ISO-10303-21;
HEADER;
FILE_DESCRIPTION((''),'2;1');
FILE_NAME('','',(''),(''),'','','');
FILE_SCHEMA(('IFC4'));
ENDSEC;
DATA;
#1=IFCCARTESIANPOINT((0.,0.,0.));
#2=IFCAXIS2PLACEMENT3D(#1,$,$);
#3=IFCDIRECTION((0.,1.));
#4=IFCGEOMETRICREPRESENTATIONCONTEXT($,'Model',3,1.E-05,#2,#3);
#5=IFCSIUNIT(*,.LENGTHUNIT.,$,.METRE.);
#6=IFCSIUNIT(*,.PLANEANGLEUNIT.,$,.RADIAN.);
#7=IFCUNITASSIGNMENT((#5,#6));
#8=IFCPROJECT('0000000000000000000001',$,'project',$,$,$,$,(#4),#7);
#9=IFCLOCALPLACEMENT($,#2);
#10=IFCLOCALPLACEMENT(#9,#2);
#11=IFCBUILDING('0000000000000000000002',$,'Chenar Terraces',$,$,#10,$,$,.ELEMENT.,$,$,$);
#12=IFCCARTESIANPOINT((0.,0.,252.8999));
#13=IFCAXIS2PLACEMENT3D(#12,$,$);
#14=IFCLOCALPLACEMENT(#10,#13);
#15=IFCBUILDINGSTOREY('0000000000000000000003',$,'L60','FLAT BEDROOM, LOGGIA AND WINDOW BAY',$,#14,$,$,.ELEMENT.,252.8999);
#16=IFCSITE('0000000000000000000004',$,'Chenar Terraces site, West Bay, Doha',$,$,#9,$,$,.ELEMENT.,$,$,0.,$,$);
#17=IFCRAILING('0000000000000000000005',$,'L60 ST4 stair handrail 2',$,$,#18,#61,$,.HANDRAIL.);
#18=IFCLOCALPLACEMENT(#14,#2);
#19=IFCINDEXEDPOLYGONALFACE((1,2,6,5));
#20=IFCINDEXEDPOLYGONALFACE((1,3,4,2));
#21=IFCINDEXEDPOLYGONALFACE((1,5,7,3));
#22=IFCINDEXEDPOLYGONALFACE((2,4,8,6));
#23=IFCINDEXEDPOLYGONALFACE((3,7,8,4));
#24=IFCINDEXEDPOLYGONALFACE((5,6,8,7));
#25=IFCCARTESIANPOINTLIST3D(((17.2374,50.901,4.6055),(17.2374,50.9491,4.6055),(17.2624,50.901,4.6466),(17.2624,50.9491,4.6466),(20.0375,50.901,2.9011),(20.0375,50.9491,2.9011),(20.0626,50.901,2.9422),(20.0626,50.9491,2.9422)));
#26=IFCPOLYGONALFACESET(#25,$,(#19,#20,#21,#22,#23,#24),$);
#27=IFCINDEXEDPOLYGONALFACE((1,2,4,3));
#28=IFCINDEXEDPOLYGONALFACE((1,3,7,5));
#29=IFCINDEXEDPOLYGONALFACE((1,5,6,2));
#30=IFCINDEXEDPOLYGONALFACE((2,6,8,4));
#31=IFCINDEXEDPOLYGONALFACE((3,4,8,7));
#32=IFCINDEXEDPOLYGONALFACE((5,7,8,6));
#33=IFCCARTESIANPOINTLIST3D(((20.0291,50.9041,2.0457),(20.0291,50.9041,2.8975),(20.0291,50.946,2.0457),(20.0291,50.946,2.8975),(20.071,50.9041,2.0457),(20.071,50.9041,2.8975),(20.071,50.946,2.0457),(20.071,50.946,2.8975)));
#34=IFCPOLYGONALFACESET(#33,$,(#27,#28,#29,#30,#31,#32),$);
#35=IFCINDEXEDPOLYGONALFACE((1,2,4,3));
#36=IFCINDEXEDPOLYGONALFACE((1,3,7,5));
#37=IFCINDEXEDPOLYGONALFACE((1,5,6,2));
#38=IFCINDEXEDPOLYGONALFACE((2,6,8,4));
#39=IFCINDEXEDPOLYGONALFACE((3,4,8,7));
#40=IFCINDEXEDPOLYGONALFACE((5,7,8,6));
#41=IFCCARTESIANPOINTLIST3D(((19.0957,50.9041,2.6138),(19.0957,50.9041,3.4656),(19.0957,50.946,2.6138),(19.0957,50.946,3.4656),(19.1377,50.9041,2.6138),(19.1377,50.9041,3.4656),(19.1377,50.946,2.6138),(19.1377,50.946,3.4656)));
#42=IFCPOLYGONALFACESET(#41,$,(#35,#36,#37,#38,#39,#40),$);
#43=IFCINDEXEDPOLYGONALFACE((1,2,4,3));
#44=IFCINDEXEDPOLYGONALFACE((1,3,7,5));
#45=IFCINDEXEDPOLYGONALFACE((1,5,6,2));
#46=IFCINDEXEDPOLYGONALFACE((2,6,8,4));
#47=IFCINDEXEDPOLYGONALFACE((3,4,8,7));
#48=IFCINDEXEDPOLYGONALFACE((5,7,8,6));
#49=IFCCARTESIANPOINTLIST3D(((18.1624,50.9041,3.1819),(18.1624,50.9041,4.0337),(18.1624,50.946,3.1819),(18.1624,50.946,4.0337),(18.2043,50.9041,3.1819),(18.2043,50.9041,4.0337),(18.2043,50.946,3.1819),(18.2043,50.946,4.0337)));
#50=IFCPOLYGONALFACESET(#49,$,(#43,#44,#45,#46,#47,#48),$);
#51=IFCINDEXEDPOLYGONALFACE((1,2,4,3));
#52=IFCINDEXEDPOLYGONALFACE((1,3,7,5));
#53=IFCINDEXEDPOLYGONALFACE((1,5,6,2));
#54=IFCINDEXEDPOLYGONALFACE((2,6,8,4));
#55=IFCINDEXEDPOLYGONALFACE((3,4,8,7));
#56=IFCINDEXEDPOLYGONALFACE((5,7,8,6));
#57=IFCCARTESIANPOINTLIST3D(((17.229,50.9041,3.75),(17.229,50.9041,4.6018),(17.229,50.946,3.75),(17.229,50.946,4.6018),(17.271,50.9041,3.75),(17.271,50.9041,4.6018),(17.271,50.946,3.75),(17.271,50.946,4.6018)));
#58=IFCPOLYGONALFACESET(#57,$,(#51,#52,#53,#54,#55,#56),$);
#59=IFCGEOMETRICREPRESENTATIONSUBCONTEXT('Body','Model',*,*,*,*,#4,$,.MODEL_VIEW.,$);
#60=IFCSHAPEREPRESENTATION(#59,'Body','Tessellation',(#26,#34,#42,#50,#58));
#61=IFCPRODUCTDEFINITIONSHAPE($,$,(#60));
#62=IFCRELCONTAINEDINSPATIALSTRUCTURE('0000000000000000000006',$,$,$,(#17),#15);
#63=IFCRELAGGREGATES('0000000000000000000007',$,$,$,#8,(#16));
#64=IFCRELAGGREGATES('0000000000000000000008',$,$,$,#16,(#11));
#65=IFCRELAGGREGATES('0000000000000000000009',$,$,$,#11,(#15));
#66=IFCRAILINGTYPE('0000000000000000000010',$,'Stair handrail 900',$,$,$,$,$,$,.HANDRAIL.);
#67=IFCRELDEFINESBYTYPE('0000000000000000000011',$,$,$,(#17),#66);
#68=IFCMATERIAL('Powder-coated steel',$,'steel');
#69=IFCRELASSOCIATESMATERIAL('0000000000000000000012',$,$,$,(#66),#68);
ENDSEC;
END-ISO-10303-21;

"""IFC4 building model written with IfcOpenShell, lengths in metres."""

from ifc_helpers import new_model, si_unit, direction, frame, origin, origin_2d, place, context, subcontext, project, spatial, rectangle, extrude, material, type_object, element, save


model = new_model("IFC4")

# Units and contexts
model_context = context("Model", 3, precision=1e-05, world=origin(), true_north=direction((0.0, 1.0)))
body_context = subcontext(model_context, "Body", "Model", "MODEL_VIEW")
ifc_project = project(units=[si_unit("LENGTHUNIT", "METRE"), si_unit("PLANEANGLEUNIT", "RADIAN")], contexts=[model_context])

# Site, building, storey
site_placement = place(None, origin())
site = spatial("IfcSite", under=ifc_project, at=site_placement, Name="Chenar Terraces site, West Bay, Doha", CompositionType="ELEMENT", RefElevation=0.0)
building_placement = place(site_placement, origin())
building = spatial("IfcBuilding", under=site, at=building_placement, Name="Chenar Terraces", CompositionType="ELEMENT")
storey_placement = place(building_placement, frame((0.0, 0.0, 252.8999)))
storey = spatial("IfcBuildingStorey", under=building, at=storey_placement, Name="L60", Description="FLAT BEDROOM, LOGGIA AND WINDOW BAY", CompositionType="ELEMENT", Elevation=252.8999)

# Railing
ifc_material_1 = material(Name="Powder-coated steel", Category="steel")
railing_type_1 = type_object("IfcRailingType", Name="Stair handrail 900", PredefinedType="HANDRAIL", material=ifc_material_1)
railing_1_placement = place(storey_placement, frame((20.05, 50.925, 2.0457)))
element("IfcRailing", 1, at=railing_1_placement, inside=storey, type_object=railing_type_1, Name="L60 ST4 stair handrail 2", PredefinedType="HANDRAIL", context=body_context, shape_type="SweptSolid", body=[
    extrude(rectangle(XDim=0.0481, YDim=0.0481, at=origin_2d()), frame((0.0, 0.0, 0.876), z_axis=(-0.854203, 0.0, 0.51994), x_axis=(0.0, -1.0, 0.0)), (0.0, 0.0, 1.0), 3.2781),
    extrude(rectangle(XDim=0.042, YDim=0.042, at=origin_2d()), origin(), (0.0, 0.0, 1.0), 0.8518),
    extrude(rectangle(XDim=0.042, YDim=0.042, at=origin_2d()), frame((-0.9333, 0.0, 0.5681)), (0.0, 0.0, 1.0), 0.8518),
    extrude(rectangle(XDim=0.042, YDim=0.042, at=origin_2d()), frame((-1.8667, 0.0, 1.1362)), (0.0, 0.0, 1.0), 0.8518),
    extrude(rectangle(XDim=0.042, YDim=0.042, at=origin_2d()), frame((-2.8, 0.0, 1.7043)), (0.0, 0.0, 1.0), 0.8518),
])

save(model, "model.ifc")
